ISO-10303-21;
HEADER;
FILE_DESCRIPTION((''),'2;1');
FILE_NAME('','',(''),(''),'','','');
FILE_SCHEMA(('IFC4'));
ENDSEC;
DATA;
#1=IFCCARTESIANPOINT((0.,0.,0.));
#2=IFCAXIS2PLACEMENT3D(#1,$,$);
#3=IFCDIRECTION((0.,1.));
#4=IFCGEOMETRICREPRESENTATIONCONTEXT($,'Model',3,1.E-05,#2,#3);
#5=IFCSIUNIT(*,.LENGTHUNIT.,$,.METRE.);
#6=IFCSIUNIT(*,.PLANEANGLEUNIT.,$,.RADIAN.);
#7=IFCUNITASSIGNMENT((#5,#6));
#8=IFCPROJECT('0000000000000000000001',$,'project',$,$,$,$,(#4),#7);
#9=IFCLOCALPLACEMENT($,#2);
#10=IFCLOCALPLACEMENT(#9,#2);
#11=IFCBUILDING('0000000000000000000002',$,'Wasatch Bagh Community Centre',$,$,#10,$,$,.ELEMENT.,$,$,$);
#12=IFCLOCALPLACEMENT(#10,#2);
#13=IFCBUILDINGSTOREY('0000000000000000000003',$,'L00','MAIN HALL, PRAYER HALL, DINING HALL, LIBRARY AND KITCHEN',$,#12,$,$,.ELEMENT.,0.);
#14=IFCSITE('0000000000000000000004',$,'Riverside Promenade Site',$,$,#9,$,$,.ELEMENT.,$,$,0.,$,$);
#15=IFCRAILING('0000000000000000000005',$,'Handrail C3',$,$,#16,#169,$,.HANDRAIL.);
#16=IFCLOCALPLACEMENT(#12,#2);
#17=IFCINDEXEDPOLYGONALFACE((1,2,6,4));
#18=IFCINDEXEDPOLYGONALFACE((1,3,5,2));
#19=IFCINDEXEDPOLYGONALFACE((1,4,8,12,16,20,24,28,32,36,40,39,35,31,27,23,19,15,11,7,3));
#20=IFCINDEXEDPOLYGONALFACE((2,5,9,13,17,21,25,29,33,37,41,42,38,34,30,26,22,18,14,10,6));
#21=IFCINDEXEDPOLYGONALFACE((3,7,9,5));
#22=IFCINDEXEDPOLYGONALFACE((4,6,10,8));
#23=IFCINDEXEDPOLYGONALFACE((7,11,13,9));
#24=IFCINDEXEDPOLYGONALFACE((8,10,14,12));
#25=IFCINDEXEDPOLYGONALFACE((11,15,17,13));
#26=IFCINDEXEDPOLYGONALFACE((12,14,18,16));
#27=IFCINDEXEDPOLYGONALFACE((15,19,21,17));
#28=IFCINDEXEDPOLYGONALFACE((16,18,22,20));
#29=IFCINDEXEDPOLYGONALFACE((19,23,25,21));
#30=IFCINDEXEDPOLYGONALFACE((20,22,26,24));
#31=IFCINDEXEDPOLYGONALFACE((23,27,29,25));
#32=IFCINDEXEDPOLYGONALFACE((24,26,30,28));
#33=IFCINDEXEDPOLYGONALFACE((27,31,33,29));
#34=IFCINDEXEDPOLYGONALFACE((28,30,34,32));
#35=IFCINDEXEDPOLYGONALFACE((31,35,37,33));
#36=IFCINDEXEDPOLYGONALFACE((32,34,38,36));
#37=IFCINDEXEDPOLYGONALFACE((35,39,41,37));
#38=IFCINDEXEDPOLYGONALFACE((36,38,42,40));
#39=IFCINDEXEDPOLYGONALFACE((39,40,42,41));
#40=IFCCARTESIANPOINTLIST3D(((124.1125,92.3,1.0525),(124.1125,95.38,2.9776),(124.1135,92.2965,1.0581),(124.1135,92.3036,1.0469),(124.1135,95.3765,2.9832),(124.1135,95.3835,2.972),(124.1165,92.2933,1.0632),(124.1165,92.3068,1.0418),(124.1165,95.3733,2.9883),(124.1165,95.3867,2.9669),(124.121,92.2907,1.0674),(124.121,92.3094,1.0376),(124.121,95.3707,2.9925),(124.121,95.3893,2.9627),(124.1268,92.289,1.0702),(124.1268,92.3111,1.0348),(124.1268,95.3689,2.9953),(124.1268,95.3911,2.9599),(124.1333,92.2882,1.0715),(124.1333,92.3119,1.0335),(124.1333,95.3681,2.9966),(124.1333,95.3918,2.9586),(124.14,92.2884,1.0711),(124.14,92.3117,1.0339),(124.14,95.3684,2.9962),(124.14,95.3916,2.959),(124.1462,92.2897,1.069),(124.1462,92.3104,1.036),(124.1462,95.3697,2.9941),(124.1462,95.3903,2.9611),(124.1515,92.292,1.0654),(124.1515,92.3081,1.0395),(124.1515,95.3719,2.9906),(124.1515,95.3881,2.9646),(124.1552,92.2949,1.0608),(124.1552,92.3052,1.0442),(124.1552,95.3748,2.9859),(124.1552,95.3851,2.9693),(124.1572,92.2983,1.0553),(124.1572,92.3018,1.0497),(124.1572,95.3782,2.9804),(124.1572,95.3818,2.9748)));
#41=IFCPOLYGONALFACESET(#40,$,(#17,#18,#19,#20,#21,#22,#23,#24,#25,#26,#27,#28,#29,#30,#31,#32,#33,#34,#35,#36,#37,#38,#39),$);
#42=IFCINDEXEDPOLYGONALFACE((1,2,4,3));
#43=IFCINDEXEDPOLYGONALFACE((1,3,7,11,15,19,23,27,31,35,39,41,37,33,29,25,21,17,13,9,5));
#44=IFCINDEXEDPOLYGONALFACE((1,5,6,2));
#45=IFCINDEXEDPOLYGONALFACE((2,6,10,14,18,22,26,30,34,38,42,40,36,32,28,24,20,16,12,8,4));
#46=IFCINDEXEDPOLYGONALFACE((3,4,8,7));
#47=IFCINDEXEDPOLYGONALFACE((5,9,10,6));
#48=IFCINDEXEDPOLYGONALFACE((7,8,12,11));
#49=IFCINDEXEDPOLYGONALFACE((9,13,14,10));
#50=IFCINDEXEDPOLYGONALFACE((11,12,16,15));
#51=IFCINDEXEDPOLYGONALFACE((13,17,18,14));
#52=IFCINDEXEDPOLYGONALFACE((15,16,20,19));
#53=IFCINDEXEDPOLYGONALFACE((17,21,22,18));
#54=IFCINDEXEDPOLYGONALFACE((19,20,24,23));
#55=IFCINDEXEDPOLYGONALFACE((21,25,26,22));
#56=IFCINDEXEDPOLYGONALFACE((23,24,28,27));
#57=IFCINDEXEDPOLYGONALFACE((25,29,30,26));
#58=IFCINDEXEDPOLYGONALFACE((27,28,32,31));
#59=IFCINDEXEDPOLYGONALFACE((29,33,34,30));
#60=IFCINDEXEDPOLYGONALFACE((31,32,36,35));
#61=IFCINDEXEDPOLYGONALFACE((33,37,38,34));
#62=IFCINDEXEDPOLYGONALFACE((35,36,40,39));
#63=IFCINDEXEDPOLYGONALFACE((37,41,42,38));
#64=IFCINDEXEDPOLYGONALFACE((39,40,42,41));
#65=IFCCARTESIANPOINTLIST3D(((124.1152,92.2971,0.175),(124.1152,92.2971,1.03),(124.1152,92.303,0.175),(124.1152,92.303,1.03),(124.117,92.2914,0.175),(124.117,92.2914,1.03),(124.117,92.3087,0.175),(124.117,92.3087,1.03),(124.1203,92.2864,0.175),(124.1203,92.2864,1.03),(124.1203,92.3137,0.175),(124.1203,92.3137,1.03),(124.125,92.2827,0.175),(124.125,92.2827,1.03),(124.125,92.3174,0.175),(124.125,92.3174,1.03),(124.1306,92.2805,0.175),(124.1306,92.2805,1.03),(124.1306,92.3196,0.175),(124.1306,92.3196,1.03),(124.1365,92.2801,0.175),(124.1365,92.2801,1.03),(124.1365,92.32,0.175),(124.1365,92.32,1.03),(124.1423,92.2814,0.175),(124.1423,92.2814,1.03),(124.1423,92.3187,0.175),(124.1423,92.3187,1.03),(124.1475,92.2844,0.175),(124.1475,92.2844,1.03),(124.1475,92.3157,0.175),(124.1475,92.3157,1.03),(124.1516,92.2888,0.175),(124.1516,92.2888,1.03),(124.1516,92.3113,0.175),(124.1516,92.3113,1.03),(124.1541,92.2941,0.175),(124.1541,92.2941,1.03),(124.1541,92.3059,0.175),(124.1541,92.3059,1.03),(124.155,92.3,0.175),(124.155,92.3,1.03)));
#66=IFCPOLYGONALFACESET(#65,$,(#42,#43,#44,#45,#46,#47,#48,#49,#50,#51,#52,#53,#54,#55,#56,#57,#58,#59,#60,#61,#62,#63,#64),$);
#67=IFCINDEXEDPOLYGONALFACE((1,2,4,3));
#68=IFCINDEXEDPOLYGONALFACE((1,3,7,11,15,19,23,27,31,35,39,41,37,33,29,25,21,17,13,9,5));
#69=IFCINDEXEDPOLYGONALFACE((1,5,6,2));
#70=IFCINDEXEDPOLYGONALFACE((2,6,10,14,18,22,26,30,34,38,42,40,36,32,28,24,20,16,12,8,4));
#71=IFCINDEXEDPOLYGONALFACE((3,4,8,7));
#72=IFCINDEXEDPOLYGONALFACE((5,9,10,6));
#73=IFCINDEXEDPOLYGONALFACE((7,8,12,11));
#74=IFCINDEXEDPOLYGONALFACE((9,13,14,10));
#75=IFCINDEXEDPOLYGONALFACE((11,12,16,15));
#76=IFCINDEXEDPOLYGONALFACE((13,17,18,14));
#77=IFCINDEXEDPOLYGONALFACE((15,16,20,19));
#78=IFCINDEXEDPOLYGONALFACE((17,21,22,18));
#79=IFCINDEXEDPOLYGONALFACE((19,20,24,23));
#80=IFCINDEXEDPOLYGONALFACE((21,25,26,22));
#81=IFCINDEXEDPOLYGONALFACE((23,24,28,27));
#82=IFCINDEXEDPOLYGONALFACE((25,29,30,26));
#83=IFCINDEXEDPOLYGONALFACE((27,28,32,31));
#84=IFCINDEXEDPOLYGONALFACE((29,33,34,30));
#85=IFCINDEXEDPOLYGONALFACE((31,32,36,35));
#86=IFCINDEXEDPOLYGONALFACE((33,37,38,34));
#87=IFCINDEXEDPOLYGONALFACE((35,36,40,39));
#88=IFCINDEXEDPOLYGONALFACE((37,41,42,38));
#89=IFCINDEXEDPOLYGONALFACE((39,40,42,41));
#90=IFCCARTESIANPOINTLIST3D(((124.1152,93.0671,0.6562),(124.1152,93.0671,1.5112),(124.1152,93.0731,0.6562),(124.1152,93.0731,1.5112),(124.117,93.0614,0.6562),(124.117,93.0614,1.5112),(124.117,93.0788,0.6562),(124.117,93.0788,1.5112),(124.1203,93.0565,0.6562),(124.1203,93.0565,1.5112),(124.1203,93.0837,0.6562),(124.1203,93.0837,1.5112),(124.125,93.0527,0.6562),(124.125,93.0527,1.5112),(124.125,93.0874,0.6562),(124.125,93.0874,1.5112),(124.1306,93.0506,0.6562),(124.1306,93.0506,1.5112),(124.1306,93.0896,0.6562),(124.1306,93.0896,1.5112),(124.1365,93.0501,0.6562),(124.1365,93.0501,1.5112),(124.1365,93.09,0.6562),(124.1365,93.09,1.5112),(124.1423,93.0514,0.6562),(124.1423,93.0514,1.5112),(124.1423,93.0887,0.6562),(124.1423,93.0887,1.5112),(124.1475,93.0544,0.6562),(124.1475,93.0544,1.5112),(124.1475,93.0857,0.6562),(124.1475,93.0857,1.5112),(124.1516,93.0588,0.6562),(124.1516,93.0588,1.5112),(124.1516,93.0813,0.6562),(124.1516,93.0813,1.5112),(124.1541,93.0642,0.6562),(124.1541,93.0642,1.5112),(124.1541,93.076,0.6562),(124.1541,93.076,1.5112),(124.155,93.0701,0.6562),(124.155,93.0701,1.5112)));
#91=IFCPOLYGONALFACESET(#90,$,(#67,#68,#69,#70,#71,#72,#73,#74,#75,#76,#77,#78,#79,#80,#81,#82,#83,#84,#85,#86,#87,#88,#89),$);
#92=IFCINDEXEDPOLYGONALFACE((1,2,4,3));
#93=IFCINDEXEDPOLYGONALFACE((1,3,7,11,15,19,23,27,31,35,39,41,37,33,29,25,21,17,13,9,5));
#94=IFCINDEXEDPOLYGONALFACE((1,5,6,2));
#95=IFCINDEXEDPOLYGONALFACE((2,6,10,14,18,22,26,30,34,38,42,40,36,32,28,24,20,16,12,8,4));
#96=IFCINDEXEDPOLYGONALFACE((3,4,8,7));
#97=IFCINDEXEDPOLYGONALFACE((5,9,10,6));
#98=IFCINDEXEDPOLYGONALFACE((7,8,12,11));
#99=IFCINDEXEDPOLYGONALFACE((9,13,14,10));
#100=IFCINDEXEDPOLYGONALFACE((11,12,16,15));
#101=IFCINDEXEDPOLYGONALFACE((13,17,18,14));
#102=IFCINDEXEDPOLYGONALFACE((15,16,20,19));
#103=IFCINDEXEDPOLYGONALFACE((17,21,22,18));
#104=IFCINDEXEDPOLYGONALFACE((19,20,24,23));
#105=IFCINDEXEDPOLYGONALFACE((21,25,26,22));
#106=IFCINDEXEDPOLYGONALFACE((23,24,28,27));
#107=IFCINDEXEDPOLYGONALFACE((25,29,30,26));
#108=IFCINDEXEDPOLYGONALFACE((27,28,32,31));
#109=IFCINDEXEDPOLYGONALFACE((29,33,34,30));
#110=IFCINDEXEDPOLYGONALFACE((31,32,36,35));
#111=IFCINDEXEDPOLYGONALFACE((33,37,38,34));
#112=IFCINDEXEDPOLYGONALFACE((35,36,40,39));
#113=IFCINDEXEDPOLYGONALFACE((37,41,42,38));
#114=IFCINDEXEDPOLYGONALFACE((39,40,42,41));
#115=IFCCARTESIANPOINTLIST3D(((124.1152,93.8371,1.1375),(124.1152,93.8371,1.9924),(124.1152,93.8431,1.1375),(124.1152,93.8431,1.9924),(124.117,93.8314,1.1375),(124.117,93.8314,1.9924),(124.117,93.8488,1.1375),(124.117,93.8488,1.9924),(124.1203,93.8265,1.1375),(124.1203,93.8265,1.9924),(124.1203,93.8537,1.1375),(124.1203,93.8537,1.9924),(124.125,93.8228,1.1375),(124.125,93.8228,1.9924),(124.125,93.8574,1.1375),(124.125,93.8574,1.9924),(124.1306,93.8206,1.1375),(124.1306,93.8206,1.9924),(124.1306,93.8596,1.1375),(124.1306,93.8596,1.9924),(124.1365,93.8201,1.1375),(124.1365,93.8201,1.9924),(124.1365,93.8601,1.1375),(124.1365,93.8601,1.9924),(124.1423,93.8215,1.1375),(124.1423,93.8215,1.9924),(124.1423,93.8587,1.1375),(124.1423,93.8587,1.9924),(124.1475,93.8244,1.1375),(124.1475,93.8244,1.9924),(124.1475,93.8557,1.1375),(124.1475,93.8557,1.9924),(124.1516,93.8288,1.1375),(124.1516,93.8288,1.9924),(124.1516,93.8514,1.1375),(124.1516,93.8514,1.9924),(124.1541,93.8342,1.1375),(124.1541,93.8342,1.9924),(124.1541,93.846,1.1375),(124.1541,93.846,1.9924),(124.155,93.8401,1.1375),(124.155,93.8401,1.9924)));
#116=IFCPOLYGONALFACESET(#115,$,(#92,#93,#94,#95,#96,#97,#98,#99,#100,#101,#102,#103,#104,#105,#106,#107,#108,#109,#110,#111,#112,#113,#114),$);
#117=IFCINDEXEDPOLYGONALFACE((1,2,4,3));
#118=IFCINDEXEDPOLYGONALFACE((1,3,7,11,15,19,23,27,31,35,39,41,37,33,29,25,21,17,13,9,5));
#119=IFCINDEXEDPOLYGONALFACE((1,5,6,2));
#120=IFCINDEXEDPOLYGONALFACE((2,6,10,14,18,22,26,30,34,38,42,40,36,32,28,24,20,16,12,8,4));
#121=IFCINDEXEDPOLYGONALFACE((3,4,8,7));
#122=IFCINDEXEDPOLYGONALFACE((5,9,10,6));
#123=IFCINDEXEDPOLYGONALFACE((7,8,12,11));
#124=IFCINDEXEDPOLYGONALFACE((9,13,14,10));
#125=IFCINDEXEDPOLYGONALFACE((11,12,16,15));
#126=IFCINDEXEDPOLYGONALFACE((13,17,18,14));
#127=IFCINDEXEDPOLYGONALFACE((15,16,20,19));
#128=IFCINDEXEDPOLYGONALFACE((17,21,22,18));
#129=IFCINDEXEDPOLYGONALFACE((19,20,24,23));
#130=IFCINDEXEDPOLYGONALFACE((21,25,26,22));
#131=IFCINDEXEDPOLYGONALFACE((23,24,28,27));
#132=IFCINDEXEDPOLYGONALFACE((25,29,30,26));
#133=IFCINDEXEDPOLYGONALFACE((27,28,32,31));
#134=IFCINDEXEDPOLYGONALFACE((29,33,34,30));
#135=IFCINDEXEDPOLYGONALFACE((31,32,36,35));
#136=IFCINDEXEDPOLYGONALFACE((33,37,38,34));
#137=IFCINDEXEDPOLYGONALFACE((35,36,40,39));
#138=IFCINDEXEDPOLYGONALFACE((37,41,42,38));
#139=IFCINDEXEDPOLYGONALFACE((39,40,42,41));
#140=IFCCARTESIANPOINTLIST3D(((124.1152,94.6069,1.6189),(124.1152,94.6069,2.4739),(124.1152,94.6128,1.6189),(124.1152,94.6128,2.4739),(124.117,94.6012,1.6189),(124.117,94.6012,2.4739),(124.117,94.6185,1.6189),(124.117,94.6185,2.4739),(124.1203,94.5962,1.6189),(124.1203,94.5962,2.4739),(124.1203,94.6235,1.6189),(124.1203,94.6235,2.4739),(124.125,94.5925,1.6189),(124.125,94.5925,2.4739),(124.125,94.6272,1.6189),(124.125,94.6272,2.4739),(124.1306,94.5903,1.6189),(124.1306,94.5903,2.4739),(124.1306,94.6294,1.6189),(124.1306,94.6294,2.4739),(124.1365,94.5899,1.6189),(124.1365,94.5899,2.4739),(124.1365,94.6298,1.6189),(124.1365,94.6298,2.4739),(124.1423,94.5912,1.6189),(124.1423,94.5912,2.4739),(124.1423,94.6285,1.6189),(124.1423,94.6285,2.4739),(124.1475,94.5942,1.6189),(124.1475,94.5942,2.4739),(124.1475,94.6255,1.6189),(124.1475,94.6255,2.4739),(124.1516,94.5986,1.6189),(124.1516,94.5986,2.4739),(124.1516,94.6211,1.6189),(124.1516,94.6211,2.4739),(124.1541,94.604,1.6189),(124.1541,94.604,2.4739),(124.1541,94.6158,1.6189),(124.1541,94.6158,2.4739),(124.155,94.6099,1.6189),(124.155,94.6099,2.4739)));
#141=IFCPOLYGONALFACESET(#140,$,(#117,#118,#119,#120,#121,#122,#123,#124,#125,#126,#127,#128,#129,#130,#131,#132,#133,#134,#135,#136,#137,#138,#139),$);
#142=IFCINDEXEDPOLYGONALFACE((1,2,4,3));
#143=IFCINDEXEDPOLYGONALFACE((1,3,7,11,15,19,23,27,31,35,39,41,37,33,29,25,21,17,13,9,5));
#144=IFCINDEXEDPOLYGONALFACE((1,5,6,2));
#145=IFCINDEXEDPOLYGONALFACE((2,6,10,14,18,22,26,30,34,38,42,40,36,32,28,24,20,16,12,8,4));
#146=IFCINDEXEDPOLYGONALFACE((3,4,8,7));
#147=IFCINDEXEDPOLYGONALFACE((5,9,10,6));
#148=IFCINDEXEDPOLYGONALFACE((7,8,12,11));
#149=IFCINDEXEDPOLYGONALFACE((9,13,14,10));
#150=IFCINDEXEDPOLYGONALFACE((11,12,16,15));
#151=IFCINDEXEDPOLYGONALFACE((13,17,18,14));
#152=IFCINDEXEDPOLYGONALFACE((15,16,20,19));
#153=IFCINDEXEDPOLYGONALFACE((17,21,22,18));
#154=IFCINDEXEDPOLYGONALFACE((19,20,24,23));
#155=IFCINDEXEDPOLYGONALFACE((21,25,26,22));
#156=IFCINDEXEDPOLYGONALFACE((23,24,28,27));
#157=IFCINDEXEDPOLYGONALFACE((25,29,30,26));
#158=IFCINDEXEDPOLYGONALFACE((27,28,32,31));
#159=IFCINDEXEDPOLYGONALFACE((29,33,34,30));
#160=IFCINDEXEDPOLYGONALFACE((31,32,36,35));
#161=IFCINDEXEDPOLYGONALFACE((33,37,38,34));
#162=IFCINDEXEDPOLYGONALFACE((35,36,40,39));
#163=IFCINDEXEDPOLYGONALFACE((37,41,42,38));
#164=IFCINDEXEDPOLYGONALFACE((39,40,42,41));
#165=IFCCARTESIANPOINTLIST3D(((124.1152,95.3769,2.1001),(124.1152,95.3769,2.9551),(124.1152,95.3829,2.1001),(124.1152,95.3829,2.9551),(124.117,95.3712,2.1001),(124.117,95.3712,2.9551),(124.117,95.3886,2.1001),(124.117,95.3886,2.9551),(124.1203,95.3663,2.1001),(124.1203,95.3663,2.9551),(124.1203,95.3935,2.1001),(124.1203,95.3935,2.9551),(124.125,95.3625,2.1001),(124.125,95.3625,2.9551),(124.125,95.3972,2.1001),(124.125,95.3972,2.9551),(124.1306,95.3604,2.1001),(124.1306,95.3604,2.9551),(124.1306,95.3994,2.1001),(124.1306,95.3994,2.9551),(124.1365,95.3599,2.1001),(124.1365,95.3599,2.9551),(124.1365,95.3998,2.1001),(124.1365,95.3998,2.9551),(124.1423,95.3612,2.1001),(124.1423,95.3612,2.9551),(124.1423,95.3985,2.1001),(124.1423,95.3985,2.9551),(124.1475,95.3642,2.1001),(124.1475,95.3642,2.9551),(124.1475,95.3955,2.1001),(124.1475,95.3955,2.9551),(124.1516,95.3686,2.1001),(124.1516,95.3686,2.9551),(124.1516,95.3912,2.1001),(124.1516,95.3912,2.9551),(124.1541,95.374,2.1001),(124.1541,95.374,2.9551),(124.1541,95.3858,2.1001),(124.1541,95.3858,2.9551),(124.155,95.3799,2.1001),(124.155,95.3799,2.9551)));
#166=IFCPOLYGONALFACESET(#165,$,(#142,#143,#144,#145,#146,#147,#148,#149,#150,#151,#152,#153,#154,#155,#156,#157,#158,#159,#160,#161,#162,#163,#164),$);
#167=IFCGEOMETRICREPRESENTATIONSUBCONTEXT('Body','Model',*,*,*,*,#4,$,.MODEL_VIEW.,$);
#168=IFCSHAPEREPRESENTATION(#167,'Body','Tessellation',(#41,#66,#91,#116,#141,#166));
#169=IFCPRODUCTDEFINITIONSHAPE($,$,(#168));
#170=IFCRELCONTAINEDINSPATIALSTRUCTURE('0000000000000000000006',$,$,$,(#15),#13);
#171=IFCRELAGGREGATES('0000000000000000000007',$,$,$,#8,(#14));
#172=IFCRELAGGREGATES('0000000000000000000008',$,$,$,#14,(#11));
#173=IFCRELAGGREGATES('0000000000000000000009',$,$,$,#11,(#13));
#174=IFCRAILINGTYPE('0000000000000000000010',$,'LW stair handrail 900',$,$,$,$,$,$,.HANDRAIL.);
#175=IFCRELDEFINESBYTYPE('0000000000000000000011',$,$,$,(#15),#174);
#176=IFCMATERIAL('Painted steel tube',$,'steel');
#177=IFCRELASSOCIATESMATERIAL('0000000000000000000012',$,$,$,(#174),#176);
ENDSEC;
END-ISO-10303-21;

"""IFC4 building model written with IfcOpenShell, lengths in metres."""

from ifc_helpers import new_model, si_unit, direction, frame, origin, origin_2d, place, context, subcontext, project, spatial, circle, extrude, material, type_object, element, save


model = new_model("IFC4")

# Units and contexts
model_context = context("Model", 3, precision=1e-05, world=origin(), true_north=direction((0.0, 1.0)))
body_context = subcontext(model_context, "Body", "Model", "MODEL_VIEW")
ifc_project = project(units=[si_unit("LENGTHUNIT", "METRE"), si_unit("PLANEANGLEUNIT", "RADIAN")], contexts=[model_context])

# Site, building, storey
site_placement = place(None, origin())
site = spatial("IfcSite", under=ifc_project, at=site_placement, Name="Riverside Promenade Site", CompositionType="ELEMENT", RefElevation=0.0)
building_placement = place(site_placement, origin())
building = spatial("IfcBuilding", under=site, at=building_placement, Name="Wasatch Bagh Community Centre", CompositionType="ELEMENT")
storey_placement = place(building_placement, origin())
storey = spatial("IfcBuildingStorey", under=building, at=storey_placement, Name="L00", Description="MAIN HALL, PRAYER HALL, DINING HALL, LIBRARY AND KITCHEN", CompositionType="ELEMENT", Elevation=0.0)

# Railing
ifc_material_1 = material(Name="Painted steel tube", Category="steel")
railing_type_1 = type_object("IfcRailingType", Name="LW stair handrail 900", PredefinedType="HANDRAIL", material=ifc_material_1)
railing_1_placement = place(storey_placement, frame((124.135, 92.3, 0.175)))
element("IfcRailing", 1, at=railing_1_placement, inside=storey, type_object=railing_type_1, Name="Handrail C3", PredefinedType="HANDRAIL", context=body_context, shape_type="SweptSolid", body=[
    extrude(circle(Radius=0.0225, at=origin_2d()), frame((0.0, 0.0, 0.8774), z_axis=(0.0, 0.847979, 0.530029), x_axis=(-1.0, 0.0, 0.0)), (0.0, 0.0, 1.0), 3.6321),
    extrude(circle(Radius=0.02, at=origin_2d()), origin(), (0.0, 0.0, 1.0), 0.855),
    extrude(circle(Radius=0.02, at=origin_2d()), frame((0.0, 0.77, 0.4812)), (0.0, 0.0, 1.0), 0.855),
    extrude(circle(Radius=0.02, at=origin_2d()), frame((0.0, 1.54, 0.9624)), (0.0, 0.0, 1.0), 0.855),
    extrude(circle(Radius=0.02, at=origin_2d()), frame((0.0, 2.3098, 1.4438)), (0.0, 0.0, 1.0), 0.855),
    extrude(circle(Radius=0.02, at=origin_2d()), frame((0.0, 3.0798, 1.925)), (0.0, 0.0, 1.0), 0.855),
])

save(model, "model.ifc")
